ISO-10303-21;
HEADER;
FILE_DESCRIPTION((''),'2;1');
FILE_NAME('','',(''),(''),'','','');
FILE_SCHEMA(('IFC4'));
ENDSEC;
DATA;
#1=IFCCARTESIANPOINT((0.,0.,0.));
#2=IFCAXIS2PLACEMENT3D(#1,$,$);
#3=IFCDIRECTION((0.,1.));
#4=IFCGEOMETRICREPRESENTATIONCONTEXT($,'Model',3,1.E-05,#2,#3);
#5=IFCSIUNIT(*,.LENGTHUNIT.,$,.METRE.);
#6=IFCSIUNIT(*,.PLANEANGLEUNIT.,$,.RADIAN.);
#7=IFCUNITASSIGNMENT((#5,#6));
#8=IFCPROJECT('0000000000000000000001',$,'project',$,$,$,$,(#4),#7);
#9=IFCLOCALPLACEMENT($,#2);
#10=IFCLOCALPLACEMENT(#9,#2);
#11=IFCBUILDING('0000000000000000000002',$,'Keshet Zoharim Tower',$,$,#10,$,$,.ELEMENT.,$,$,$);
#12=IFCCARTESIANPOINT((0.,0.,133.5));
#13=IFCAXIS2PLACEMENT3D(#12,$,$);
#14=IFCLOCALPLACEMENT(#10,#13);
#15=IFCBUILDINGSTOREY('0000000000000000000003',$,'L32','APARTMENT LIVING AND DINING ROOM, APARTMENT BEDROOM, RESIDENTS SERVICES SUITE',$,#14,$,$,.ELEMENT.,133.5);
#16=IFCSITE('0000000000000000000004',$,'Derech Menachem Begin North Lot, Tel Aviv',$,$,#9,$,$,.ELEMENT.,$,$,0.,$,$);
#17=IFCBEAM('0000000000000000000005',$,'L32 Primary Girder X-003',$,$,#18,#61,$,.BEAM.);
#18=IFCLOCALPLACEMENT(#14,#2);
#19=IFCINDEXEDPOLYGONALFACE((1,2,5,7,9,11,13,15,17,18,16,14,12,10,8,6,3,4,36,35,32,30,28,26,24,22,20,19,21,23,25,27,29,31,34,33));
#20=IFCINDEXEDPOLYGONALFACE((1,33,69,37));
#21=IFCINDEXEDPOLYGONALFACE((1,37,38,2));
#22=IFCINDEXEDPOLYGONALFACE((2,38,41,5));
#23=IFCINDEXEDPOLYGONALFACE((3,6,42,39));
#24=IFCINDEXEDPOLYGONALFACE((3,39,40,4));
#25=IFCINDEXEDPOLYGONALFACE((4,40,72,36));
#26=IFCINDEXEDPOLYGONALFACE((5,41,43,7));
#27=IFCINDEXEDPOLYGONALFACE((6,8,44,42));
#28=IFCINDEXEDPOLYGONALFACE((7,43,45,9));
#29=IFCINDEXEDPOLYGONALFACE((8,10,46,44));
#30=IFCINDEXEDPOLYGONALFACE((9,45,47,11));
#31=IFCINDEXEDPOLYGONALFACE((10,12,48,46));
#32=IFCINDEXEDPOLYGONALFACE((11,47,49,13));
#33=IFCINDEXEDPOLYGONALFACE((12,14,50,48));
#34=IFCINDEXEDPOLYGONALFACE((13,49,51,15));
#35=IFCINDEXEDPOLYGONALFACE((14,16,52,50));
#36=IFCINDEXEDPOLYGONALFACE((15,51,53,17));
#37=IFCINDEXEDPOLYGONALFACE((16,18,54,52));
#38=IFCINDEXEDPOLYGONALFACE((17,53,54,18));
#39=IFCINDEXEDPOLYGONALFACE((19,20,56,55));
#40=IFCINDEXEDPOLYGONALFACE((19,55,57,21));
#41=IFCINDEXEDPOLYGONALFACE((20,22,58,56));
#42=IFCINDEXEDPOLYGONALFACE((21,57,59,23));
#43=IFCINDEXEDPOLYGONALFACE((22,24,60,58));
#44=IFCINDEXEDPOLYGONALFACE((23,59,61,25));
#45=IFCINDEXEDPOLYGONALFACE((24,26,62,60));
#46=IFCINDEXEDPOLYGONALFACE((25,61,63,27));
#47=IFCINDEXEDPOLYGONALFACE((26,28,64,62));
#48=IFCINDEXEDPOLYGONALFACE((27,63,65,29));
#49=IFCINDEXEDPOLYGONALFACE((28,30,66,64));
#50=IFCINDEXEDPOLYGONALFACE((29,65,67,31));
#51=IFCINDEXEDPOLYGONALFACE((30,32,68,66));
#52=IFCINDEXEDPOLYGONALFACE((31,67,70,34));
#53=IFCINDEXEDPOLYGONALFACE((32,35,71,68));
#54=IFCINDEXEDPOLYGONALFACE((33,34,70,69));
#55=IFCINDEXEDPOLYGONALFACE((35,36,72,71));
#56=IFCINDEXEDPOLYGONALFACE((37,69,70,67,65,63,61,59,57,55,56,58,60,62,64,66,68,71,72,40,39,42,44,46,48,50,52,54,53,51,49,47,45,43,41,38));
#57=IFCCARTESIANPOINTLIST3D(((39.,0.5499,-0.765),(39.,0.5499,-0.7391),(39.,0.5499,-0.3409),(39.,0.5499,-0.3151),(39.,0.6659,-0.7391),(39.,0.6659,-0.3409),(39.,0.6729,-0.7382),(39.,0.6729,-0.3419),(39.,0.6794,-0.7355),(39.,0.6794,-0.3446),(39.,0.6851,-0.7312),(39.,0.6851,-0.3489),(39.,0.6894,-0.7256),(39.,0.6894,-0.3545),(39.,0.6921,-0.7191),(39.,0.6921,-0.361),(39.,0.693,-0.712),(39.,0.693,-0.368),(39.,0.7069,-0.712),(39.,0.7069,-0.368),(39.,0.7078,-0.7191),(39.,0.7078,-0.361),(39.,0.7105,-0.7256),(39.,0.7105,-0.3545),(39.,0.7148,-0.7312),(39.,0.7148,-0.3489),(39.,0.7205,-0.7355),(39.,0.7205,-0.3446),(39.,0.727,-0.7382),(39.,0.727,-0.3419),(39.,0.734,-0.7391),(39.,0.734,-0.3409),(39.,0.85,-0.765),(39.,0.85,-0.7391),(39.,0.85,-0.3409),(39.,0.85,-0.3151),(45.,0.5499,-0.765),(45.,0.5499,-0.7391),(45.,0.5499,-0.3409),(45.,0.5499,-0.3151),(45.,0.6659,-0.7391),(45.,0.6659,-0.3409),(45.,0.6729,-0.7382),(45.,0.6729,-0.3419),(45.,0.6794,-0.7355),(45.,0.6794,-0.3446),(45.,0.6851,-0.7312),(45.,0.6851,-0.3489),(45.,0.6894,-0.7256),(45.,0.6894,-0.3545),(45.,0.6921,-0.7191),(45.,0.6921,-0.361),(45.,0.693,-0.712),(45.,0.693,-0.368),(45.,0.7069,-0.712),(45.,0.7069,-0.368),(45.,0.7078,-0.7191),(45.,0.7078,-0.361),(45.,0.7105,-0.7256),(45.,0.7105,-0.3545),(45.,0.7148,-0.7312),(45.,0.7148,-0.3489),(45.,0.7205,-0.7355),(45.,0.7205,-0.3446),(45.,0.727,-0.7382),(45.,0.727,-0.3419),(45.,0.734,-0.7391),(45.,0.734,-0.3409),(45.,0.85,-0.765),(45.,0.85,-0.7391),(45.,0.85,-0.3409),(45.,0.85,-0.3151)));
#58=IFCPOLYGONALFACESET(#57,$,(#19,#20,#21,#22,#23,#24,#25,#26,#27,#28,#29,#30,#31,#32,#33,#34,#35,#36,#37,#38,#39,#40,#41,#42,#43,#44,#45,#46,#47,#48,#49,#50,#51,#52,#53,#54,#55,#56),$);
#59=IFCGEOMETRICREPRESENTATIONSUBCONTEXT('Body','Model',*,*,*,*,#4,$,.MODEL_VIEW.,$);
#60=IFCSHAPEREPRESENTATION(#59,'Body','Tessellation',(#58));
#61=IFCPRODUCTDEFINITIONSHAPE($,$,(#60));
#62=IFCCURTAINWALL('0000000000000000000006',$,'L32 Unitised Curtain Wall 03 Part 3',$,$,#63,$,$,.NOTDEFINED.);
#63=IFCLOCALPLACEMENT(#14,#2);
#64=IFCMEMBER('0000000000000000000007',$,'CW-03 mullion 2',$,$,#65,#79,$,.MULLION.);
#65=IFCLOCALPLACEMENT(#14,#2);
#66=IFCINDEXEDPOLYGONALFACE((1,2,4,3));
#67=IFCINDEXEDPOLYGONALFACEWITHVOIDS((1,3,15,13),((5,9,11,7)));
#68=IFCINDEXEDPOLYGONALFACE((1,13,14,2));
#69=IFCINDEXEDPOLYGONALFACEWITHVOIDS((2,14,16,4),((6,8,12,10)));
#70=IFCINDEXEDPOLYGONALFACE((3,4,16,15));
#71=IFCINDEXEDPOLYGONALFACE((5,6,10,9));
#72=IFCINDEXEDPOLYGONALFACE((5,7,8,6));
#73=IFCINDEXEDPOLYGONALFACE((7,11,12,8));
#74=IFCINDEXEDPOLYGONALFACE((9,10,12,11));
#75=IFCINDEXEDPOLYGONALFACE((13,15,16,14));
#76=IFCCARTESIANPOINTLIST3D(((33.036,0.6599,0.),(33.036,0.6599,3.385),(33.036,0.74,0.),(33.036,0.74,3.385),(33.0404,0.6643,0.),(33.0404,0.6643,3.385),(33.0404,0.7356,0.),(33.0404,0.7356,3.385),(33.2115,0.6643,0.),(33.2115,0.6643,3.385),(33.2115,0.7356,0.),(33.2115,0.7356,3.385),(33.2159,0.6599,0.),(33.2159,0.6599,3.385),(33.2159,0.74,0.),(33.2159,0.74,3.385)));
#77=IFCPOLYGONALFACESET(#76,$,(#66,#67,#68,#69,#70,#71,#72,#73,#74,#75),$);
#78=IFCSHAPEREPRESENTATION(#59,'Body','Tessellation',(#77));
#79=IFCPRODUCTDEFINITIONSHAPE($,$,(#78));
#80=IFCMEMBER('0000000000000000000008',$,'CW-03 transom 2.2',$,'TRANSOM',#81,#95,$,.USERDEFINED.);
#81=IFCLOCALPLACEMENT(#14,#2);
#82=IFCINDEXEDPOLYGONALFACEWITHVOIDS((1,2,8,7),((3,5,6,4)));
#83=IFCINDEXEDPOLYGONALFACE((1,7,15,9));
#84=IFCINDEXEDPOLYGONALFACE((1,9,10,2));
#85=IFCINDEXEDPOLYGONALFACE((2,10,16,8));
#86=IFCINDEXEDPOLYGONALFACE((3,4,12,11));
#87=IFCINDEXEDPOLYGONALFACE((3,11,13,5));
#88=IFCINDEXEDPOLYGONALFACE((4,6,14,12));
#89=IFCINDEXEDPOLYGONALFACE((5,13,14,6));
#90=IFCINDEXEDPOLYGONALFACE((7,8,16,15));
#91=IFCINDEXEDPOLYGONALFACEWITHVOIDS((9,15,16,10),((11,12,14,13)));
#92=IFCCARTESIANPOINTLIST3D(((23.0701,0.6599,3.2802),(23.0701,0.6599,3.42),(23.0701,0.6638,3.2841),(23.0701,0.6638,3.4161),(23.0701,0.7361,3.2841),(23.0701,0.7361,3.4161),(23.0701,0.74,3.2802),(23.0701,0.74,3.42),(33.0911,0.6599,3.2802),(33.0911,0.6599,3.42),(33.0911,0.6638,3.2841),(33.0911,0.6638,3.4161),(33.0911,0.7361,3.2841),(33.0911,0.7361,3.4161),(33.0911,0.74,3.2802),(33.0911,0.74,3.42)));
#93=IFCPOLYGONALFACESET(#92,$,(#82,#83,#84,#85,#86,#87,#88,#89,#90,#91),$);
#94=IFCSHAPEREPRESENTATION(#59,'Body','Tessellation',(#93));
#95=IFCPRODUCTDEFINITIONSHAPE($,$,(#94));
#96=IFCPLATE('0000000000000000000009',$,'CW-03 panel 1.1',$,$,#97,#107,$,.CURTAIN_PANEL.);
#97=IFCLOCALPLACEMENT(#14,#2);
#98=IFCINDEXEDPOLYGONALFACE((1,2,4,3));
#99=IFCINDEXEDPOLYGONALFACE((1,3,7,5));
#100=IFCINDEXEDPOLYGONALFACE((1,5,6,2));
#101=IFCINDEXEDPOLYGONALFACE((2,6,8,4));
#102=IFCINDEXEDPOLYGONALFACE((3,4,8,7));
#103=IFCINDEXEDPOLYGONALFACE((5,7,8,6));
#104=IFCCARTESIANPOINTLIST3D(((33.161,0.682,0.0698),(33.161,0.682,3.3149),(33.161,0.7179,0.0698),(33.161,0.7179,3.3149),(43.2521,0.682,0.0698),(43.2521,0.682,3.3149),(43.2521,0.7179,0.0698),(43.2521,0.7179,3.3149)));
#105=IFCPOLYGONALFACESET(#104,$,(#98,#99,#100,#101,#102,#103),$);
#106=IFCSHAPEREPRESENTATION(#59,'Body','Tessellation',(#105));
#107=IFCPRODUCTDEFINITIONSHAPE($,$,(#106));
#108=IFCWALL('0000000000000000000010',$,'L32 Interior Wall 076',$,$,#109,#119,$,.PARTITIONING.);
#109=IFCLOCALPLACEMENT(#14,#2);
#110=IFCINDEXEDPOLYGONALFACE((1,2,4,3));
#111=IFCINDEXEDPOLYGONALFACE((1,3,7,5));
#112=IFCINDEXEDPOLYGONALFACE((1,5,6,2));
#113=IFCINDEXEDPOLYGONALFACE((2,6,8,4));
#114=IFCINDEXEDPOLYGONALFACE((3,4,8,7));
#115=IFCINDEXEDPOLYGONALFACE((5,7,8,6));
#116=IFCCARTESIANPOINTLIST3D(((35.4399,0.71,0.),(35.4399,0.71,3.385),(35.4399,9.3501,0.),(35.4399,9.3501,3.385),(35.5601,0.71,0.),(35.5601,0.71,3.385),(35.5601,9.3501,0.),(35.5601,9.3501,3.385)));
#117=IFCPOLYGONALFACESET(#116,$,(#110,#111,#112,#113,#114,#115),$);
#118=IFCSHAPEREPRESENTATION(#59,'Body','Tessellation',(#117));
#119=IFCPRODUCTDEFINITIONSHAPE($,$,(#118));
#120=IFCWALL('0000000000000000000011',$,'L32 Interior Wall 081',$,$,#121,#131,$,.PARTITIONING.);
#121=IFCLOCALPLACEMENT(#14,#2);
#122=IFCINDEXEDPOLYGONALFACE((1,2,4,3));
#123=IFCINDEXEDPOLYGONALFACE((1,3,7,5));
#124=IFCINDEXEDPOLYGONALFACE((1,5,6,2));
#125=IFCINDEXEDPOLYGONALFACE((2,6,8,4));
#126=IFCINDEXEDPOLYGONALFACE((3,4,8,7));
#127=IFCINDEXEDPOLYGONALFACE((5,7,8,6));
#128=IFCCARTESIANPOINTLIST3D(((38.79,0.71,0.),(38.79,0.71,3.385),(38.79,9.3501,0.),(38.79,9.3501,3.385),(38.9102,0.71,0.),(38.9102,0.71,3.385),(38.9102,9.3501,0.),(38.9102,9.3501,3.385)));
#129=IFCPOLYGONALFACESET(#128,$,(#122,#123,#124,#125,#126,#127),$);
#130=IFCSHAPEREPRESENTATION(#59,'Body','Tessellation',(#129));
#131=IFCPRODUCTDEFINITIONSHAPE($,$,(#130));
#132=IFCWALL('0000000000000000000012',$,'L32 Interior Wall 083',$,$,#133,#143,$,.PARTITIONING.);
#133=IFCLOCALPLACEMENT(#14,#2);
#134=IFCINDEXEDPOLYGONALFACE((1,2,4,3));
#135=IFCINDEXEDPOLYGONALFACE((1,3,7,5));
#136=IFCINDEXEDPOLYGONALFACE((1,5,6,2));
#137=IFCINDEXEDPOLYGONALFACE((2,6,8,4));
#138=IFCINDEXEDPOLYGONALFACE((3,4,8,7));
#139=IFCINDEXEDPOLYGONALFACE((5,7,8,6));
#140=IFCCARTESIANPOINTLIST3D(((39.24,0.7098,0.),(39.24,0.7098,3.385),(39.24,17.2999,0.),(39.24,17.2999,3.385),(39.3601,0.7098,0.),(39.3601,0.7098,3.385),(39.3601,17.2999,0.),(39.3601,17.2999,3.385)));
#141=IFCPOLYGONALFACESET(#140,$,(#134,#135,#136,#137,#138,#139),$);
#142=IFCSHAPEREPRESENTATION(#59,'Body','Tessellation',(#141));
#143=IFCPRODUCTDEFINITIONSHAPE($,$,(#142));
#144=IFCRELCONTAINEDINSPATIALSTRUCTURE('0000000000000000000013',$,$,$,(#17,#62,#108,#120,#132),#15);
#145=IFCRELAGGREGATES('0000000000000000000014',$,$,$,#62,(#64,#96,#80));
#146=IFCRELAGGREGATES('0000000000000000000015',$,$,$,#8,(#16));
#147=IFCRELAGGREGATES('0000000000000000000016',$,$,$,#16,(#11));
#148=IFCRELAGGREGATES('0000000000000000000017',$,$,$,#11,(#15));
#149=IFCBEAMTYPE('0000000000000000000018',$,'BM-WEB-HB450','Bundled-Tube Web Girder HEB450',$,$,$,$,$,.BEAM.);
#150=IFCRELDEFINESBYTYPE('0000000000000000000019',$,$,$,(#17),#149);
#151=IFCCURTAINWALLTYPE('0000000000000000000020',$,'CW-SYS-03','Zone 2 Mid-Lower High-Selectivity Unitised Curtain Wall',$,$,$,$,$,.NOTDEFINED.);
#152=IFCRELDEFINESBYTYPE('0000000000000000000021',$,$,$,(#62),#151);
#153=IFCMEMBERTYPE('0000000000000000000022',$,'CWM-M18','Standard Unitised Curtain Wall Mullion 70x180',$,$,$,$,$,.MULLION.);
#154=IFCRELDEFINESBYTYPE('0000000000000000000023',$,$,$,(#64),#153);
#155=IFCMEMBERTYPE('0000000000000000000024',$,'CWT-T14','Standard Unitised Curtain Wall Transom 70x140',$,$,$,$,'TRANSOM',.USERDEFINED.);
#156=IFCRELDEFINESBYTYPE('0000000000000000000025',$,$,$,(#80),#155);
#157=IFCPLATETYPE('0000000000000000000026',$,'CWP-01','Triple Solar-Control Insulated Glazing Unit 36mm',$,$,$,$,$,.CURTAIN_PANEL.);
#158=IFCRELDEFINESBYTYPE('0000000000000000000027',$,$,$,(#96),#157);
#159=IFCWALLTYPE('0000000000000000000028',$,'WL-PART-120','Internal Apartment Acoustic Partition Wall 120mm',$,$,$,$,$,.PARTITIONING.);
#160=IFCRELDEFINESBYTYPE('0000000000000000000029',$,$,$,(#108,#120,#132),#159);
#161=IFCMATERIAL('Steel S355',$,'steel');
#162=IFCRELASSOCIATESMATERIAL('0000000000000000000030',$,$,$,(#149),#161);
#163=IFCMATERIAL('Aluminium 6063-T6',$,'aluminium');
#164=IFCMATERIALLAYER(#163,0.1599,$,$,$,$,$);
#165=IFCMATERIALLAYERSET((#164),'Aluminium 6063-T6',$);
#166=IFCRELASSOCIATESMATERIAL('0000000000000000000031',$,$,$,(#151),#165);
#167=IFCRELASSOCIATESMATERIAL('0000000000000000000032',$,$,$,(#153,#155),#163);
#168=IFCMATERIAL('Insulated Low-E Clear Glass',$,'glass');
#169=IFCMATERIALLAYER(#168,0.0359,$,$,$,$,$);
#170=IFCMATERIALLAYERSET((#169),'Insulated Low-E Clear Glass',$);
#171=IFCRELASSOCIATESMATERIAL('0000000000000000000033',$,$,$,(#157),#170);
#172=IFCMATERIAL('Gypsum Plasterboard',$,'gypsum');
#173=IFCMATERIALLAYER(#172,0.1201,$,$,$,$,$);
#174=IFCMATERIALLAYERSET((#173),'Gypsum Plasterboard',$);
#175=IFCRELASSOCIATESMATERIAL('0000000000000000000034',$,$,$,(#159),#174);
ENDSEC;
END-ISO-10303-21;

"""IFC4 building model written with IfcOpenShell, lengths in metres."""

from ifc_helpers import new_model, si_unit, direction, frame, frame_2d, origin, origin_2d, place, context, subcontext, project, spatial, rectangle, hollow_rectangle, i_section, extrude, material, layer, layer_set, material_profile, profile_set, type_object, element, aggregate, save


model = new_model("IFC4")

# Units and contexts
model_context = context("Model", 3, precision=1e-05, world=origin(), true_north=direction((0.0, 1.0)))
body_context = subcontext(model_context, "Body", "Model", "MODEL_VIEW")
ifc_project = project(units=[si_unit("LENGTHUNIT", "METRE"), si_unit("PLANEANGLEUNIT", "RADIAN")], contexts=[model_context])

# Site, building, storey
site_placement = place(None, origin())
site = spatial("IfcSite", under=ifc_project, at=site_placement, Name="Derech Menachem Begin North Lot, Tel Aviv", CompositionType="ELEMENT", RefElevation=0.0)
building_placement = place(site_placement, origin())
building = spatial("IfcBuilding", under=site, at=building_placement, Name="Keshet Zoharim Tower", CompositionType="ELEMENT")
storey_placement = place(building_placement, frame((0.0, 0.0, 133.5)))
storey = spatial("IfcBuildingStorey", under=building, at=storey_placement, Name="L32", Description="APARTMENT LIVING AND DINING ROOM, APARTMENT BEDROOM, RESIDENTS SERVICES SUITE", CompositionType="ELEMENT", Elevation=133.5)

# Shared definitions
ifc_material_1 = material(Name="Steel S355", Category="steel")

# Beam
ifc_material_profile_1 = material_profile(ifc_material_1, i_section(OverallWidth=0.3, OverallDepth=0.45, WebThickness=0.0139, FlangeThickness=0.0259, FilletRadius=0.0271, at=origin_2d()), Name="HEB450")
ifc_profile_set_1 = profile_set([ifc_material_profile_1], Name="Steel S355")
beam_type_1 = type_object("IfcBeamType", Name="BM-WEB-HB450", Description="Bundled-Tube Web Girder HEB450", PredefinedType="BEAM", material=ifc_profile_set_1)
beam_1_placement = place(storey_placement, frame((39.0, 0.7, -0.54), z_axis=(1.0, 0.0, 0.0), x_axis=(0.0, 1.0, 0.0)))
element("IfcBeam", 1, at=beam_1_placement, inside=storey, type_object=beam_type_1, Name="L32 Primary Girder X-003", PredefinedType="BEAM", context=body_context, shape_type="SweptSolid", body=[
    extrude(i_section(OverallWidth=0.3, OverallDepth=0.45, WebThickness=0.0139, FlangeThickness=0.0259, FilletRadius=0.0271, at=origin_2d()), origin(), (0.0, 0.0, 1.0), 6.0),
])

# Curtain wall, members, plate
ifc_material_2 = material(Name="Aluminium 6063-T6", Category="aluminium")
ifc_layer_1 = layer(ifc_material_2, 0.1599)
ifc_layer_set_1 = layer_set([ifc_layer_1], Name="Aluminium 6063-T6")
curtain_wall_type = type_object("IfcCurtainWallType", Name="CW-SYS-03", Description="Zone 2 Mid-Lower High-Selectivity Unitised Curtain Wall", PredefinedType="NOTDEFINED", material=ifc_layer_set_1)
curtain_wall_placement = place(storey_placement, origin())
curtain_wall = element("IfcCurtainWall", 2, at=curtain_wall_placement, inside=storey, type_object=curtain_wall_type, Name="L32 Unitised Curtain Wall 03 Part 3", PredefinedType="NOTDEFINED")
ifc_material_profile_2 = material_profile(ifc_material_2, hollow_rectangle(XDim=0.0801, YDim=0.1799, WallThickness=0.0044, at=origin_2d()), Name="MUL-80x180")
ifc_profile_set_2 = profile_set([ifc_material_profile_2], Name="Aluminium 6063-T6")
member_type_1 = type_object("IfcMemberType", Name="CWM-M18", Description="Standard Unitised Curtain Wall Mullion 70x180", PredefinedType="MULLION", material=ifc_profile_set_2)
member_1_placement = place(storey_placement, frame((33.126, 0.7, 0.0), z_axis=(0.0, 0.0, 1.0), x_axis=(0.0, -1.0, 0.0)))
member_1 = element("IfcMember", 3, at=member_1_placement, type_object=member_type_1, Name="CW-03 mullion 2", PredefinedType="MULLION", context=body_context, shape_type="SweptSolid", body=[
    extrude(hollow_rectangle(XDim=0.0801, YDim=0.1799, WallThickness=0.0044, at=origin_2d()), origin(), (0.0, 0.0, 1.0), 3.385),
])
ifc_material_profile_3 = material_profile(ifc_material_2, hollow_rectangle(XDim=0.0801, YDim=0.1399, WallThickness=0.0039, at=origin_2d()), Name="TRN-80x140")
ifc_profile_set_3 = profile_set([ifc_material_profile_3], Name="Aluminium 6063-T6")
member_type_2 = type_object("IfcMemberType", Name="CWT-T14", Description="Standard Unitised Curtain Wall Transom 70x140", ElementType="TRANSOM", PredefinedType="USERDEFINED", material=ifc_profile_set_3)
member_2_placement = place(storey_placement, frame((33.0911, 0.7, 3.3501), z_axis=(-1.0, 0.0, 0.0), x_axis=(0.0, -1.0, 0.0)))
member_2 = element("IfcMember", 4, at=member_2_placement, type_object=member_type_2, Name="CW-03 transom 2.2", ObjectType="TRANSOM", PredefinedType="USERDEFINED", context=body_context, shape_type="SweptSolid", body=[
    extrude(hollow_rectangle(XDim=0.0801, YDim=0.1399, WallThickness=0.0039, at=origin_2d()), origin(), (0.0, 0.0, 1.0), 10.021),
])
ifc_material_3 = material(Name="Insulated Low-E Clear Glass", Category="glass")
ifc_layer_2 = layer(ifc_material_3, 0.0359)
ifc_layer_set_2 = layer_set([ifc_layer_2], Name="Insulated Low-E Clear Glass")
plate_type = type_object("IfcPlateType", Name="CWP-01", Description="Triple Solar-Control Insulated Glazing Unit 36mm", PredefinedType="CURTAIN_PANEL", material=ifc_layer_set_2)
plate_placement = place(storey_placement, frame((38.2065, 0.7, 0.0698), z_axis=(0.0, 0.0, 1.0), x_axis=(-1.0, 0.0, 0.0)))
plate = element("IfcPlate", 5, at=plate_placement, type_object=plate_type, Name="CW-03 panel 1.1", PredefinedType="CURTAIN_PANEL", context=body_context, shape_type="SweptSolid", body=[
    extrude(rectangle(XDim=10.0911, YDim=0.0359, at=origin_2d()), origin(), (0.0, 0.0, 1.0), 3.2451),
])
aggregate(curtain_wall, [member_1, plate, member_2])

# Walls
ifc_material_4 = material(Name="Gypsum Plasterboard", Category="gypsum")
ifc_layer_3 = layer(ifc_material_4, 0.1201)
ifc_layer_set_3 = layer_set([ifc_layer_3], Name="Gypsum Plasterboard")
wall_type = type_object("IfcWallType", Name="WL-PART-120", Description="Internal Apartment Acoustic Partition Wall 120mm", PredefinedType="PARTITIONING", material=ifc_layer_set_3)
for number, where, z_axis, x_axis, name in (
    (6, (35.5, 0.71, 0.0), (0.0, 0.0, 1.0), (0.0, 1.0, 0.0), "L32 Interior Wall 076"),
    (7, (38.8501, 0.71, 0.0), (0.0, 0.0, 1.0), (0.0, 1.0, 0.0), "L32 Interior Wall 081"),
):
    element("IfcWall", number, at=place(storey_placement, frame(where, z_axis=z_axis, x_axis=x_axis)), inside=storey, type_object=wall_type, Name=name, PredefinedType="PARTITIONING", context=body_context, shape_type="SweptSolid", body=[
        extrude(rectangle(XDim=8.6401, YDim=0.1201, at=frame_2d((4.3201, 0.0))), origin(), (0.0, 0.0, 1.0), 3.385),
    ])
wall_1_placement = place(storey_placement, frame((39.3, 0.71, 0.0), z_axis=(0.0, 0.0, 1.0), x_axis=(0.0, 1.0, 0.0)))
element("IfcWall", 8, at=wall_1_placement, inside=storey, type_object=wall_type, Name="L32 Interior Wall 083", PredefinedType="PARTITIONING", context=body_context, shape_type="SweptSolid", body=[
    extrude(rectangle(XDim=16.5901, YDim=0.1201, at=frame_2d((8.2949, 0.0))), origin(), (0.0, 0.0, 1.0), 3.385),
])

save(model, "model.ifc")
